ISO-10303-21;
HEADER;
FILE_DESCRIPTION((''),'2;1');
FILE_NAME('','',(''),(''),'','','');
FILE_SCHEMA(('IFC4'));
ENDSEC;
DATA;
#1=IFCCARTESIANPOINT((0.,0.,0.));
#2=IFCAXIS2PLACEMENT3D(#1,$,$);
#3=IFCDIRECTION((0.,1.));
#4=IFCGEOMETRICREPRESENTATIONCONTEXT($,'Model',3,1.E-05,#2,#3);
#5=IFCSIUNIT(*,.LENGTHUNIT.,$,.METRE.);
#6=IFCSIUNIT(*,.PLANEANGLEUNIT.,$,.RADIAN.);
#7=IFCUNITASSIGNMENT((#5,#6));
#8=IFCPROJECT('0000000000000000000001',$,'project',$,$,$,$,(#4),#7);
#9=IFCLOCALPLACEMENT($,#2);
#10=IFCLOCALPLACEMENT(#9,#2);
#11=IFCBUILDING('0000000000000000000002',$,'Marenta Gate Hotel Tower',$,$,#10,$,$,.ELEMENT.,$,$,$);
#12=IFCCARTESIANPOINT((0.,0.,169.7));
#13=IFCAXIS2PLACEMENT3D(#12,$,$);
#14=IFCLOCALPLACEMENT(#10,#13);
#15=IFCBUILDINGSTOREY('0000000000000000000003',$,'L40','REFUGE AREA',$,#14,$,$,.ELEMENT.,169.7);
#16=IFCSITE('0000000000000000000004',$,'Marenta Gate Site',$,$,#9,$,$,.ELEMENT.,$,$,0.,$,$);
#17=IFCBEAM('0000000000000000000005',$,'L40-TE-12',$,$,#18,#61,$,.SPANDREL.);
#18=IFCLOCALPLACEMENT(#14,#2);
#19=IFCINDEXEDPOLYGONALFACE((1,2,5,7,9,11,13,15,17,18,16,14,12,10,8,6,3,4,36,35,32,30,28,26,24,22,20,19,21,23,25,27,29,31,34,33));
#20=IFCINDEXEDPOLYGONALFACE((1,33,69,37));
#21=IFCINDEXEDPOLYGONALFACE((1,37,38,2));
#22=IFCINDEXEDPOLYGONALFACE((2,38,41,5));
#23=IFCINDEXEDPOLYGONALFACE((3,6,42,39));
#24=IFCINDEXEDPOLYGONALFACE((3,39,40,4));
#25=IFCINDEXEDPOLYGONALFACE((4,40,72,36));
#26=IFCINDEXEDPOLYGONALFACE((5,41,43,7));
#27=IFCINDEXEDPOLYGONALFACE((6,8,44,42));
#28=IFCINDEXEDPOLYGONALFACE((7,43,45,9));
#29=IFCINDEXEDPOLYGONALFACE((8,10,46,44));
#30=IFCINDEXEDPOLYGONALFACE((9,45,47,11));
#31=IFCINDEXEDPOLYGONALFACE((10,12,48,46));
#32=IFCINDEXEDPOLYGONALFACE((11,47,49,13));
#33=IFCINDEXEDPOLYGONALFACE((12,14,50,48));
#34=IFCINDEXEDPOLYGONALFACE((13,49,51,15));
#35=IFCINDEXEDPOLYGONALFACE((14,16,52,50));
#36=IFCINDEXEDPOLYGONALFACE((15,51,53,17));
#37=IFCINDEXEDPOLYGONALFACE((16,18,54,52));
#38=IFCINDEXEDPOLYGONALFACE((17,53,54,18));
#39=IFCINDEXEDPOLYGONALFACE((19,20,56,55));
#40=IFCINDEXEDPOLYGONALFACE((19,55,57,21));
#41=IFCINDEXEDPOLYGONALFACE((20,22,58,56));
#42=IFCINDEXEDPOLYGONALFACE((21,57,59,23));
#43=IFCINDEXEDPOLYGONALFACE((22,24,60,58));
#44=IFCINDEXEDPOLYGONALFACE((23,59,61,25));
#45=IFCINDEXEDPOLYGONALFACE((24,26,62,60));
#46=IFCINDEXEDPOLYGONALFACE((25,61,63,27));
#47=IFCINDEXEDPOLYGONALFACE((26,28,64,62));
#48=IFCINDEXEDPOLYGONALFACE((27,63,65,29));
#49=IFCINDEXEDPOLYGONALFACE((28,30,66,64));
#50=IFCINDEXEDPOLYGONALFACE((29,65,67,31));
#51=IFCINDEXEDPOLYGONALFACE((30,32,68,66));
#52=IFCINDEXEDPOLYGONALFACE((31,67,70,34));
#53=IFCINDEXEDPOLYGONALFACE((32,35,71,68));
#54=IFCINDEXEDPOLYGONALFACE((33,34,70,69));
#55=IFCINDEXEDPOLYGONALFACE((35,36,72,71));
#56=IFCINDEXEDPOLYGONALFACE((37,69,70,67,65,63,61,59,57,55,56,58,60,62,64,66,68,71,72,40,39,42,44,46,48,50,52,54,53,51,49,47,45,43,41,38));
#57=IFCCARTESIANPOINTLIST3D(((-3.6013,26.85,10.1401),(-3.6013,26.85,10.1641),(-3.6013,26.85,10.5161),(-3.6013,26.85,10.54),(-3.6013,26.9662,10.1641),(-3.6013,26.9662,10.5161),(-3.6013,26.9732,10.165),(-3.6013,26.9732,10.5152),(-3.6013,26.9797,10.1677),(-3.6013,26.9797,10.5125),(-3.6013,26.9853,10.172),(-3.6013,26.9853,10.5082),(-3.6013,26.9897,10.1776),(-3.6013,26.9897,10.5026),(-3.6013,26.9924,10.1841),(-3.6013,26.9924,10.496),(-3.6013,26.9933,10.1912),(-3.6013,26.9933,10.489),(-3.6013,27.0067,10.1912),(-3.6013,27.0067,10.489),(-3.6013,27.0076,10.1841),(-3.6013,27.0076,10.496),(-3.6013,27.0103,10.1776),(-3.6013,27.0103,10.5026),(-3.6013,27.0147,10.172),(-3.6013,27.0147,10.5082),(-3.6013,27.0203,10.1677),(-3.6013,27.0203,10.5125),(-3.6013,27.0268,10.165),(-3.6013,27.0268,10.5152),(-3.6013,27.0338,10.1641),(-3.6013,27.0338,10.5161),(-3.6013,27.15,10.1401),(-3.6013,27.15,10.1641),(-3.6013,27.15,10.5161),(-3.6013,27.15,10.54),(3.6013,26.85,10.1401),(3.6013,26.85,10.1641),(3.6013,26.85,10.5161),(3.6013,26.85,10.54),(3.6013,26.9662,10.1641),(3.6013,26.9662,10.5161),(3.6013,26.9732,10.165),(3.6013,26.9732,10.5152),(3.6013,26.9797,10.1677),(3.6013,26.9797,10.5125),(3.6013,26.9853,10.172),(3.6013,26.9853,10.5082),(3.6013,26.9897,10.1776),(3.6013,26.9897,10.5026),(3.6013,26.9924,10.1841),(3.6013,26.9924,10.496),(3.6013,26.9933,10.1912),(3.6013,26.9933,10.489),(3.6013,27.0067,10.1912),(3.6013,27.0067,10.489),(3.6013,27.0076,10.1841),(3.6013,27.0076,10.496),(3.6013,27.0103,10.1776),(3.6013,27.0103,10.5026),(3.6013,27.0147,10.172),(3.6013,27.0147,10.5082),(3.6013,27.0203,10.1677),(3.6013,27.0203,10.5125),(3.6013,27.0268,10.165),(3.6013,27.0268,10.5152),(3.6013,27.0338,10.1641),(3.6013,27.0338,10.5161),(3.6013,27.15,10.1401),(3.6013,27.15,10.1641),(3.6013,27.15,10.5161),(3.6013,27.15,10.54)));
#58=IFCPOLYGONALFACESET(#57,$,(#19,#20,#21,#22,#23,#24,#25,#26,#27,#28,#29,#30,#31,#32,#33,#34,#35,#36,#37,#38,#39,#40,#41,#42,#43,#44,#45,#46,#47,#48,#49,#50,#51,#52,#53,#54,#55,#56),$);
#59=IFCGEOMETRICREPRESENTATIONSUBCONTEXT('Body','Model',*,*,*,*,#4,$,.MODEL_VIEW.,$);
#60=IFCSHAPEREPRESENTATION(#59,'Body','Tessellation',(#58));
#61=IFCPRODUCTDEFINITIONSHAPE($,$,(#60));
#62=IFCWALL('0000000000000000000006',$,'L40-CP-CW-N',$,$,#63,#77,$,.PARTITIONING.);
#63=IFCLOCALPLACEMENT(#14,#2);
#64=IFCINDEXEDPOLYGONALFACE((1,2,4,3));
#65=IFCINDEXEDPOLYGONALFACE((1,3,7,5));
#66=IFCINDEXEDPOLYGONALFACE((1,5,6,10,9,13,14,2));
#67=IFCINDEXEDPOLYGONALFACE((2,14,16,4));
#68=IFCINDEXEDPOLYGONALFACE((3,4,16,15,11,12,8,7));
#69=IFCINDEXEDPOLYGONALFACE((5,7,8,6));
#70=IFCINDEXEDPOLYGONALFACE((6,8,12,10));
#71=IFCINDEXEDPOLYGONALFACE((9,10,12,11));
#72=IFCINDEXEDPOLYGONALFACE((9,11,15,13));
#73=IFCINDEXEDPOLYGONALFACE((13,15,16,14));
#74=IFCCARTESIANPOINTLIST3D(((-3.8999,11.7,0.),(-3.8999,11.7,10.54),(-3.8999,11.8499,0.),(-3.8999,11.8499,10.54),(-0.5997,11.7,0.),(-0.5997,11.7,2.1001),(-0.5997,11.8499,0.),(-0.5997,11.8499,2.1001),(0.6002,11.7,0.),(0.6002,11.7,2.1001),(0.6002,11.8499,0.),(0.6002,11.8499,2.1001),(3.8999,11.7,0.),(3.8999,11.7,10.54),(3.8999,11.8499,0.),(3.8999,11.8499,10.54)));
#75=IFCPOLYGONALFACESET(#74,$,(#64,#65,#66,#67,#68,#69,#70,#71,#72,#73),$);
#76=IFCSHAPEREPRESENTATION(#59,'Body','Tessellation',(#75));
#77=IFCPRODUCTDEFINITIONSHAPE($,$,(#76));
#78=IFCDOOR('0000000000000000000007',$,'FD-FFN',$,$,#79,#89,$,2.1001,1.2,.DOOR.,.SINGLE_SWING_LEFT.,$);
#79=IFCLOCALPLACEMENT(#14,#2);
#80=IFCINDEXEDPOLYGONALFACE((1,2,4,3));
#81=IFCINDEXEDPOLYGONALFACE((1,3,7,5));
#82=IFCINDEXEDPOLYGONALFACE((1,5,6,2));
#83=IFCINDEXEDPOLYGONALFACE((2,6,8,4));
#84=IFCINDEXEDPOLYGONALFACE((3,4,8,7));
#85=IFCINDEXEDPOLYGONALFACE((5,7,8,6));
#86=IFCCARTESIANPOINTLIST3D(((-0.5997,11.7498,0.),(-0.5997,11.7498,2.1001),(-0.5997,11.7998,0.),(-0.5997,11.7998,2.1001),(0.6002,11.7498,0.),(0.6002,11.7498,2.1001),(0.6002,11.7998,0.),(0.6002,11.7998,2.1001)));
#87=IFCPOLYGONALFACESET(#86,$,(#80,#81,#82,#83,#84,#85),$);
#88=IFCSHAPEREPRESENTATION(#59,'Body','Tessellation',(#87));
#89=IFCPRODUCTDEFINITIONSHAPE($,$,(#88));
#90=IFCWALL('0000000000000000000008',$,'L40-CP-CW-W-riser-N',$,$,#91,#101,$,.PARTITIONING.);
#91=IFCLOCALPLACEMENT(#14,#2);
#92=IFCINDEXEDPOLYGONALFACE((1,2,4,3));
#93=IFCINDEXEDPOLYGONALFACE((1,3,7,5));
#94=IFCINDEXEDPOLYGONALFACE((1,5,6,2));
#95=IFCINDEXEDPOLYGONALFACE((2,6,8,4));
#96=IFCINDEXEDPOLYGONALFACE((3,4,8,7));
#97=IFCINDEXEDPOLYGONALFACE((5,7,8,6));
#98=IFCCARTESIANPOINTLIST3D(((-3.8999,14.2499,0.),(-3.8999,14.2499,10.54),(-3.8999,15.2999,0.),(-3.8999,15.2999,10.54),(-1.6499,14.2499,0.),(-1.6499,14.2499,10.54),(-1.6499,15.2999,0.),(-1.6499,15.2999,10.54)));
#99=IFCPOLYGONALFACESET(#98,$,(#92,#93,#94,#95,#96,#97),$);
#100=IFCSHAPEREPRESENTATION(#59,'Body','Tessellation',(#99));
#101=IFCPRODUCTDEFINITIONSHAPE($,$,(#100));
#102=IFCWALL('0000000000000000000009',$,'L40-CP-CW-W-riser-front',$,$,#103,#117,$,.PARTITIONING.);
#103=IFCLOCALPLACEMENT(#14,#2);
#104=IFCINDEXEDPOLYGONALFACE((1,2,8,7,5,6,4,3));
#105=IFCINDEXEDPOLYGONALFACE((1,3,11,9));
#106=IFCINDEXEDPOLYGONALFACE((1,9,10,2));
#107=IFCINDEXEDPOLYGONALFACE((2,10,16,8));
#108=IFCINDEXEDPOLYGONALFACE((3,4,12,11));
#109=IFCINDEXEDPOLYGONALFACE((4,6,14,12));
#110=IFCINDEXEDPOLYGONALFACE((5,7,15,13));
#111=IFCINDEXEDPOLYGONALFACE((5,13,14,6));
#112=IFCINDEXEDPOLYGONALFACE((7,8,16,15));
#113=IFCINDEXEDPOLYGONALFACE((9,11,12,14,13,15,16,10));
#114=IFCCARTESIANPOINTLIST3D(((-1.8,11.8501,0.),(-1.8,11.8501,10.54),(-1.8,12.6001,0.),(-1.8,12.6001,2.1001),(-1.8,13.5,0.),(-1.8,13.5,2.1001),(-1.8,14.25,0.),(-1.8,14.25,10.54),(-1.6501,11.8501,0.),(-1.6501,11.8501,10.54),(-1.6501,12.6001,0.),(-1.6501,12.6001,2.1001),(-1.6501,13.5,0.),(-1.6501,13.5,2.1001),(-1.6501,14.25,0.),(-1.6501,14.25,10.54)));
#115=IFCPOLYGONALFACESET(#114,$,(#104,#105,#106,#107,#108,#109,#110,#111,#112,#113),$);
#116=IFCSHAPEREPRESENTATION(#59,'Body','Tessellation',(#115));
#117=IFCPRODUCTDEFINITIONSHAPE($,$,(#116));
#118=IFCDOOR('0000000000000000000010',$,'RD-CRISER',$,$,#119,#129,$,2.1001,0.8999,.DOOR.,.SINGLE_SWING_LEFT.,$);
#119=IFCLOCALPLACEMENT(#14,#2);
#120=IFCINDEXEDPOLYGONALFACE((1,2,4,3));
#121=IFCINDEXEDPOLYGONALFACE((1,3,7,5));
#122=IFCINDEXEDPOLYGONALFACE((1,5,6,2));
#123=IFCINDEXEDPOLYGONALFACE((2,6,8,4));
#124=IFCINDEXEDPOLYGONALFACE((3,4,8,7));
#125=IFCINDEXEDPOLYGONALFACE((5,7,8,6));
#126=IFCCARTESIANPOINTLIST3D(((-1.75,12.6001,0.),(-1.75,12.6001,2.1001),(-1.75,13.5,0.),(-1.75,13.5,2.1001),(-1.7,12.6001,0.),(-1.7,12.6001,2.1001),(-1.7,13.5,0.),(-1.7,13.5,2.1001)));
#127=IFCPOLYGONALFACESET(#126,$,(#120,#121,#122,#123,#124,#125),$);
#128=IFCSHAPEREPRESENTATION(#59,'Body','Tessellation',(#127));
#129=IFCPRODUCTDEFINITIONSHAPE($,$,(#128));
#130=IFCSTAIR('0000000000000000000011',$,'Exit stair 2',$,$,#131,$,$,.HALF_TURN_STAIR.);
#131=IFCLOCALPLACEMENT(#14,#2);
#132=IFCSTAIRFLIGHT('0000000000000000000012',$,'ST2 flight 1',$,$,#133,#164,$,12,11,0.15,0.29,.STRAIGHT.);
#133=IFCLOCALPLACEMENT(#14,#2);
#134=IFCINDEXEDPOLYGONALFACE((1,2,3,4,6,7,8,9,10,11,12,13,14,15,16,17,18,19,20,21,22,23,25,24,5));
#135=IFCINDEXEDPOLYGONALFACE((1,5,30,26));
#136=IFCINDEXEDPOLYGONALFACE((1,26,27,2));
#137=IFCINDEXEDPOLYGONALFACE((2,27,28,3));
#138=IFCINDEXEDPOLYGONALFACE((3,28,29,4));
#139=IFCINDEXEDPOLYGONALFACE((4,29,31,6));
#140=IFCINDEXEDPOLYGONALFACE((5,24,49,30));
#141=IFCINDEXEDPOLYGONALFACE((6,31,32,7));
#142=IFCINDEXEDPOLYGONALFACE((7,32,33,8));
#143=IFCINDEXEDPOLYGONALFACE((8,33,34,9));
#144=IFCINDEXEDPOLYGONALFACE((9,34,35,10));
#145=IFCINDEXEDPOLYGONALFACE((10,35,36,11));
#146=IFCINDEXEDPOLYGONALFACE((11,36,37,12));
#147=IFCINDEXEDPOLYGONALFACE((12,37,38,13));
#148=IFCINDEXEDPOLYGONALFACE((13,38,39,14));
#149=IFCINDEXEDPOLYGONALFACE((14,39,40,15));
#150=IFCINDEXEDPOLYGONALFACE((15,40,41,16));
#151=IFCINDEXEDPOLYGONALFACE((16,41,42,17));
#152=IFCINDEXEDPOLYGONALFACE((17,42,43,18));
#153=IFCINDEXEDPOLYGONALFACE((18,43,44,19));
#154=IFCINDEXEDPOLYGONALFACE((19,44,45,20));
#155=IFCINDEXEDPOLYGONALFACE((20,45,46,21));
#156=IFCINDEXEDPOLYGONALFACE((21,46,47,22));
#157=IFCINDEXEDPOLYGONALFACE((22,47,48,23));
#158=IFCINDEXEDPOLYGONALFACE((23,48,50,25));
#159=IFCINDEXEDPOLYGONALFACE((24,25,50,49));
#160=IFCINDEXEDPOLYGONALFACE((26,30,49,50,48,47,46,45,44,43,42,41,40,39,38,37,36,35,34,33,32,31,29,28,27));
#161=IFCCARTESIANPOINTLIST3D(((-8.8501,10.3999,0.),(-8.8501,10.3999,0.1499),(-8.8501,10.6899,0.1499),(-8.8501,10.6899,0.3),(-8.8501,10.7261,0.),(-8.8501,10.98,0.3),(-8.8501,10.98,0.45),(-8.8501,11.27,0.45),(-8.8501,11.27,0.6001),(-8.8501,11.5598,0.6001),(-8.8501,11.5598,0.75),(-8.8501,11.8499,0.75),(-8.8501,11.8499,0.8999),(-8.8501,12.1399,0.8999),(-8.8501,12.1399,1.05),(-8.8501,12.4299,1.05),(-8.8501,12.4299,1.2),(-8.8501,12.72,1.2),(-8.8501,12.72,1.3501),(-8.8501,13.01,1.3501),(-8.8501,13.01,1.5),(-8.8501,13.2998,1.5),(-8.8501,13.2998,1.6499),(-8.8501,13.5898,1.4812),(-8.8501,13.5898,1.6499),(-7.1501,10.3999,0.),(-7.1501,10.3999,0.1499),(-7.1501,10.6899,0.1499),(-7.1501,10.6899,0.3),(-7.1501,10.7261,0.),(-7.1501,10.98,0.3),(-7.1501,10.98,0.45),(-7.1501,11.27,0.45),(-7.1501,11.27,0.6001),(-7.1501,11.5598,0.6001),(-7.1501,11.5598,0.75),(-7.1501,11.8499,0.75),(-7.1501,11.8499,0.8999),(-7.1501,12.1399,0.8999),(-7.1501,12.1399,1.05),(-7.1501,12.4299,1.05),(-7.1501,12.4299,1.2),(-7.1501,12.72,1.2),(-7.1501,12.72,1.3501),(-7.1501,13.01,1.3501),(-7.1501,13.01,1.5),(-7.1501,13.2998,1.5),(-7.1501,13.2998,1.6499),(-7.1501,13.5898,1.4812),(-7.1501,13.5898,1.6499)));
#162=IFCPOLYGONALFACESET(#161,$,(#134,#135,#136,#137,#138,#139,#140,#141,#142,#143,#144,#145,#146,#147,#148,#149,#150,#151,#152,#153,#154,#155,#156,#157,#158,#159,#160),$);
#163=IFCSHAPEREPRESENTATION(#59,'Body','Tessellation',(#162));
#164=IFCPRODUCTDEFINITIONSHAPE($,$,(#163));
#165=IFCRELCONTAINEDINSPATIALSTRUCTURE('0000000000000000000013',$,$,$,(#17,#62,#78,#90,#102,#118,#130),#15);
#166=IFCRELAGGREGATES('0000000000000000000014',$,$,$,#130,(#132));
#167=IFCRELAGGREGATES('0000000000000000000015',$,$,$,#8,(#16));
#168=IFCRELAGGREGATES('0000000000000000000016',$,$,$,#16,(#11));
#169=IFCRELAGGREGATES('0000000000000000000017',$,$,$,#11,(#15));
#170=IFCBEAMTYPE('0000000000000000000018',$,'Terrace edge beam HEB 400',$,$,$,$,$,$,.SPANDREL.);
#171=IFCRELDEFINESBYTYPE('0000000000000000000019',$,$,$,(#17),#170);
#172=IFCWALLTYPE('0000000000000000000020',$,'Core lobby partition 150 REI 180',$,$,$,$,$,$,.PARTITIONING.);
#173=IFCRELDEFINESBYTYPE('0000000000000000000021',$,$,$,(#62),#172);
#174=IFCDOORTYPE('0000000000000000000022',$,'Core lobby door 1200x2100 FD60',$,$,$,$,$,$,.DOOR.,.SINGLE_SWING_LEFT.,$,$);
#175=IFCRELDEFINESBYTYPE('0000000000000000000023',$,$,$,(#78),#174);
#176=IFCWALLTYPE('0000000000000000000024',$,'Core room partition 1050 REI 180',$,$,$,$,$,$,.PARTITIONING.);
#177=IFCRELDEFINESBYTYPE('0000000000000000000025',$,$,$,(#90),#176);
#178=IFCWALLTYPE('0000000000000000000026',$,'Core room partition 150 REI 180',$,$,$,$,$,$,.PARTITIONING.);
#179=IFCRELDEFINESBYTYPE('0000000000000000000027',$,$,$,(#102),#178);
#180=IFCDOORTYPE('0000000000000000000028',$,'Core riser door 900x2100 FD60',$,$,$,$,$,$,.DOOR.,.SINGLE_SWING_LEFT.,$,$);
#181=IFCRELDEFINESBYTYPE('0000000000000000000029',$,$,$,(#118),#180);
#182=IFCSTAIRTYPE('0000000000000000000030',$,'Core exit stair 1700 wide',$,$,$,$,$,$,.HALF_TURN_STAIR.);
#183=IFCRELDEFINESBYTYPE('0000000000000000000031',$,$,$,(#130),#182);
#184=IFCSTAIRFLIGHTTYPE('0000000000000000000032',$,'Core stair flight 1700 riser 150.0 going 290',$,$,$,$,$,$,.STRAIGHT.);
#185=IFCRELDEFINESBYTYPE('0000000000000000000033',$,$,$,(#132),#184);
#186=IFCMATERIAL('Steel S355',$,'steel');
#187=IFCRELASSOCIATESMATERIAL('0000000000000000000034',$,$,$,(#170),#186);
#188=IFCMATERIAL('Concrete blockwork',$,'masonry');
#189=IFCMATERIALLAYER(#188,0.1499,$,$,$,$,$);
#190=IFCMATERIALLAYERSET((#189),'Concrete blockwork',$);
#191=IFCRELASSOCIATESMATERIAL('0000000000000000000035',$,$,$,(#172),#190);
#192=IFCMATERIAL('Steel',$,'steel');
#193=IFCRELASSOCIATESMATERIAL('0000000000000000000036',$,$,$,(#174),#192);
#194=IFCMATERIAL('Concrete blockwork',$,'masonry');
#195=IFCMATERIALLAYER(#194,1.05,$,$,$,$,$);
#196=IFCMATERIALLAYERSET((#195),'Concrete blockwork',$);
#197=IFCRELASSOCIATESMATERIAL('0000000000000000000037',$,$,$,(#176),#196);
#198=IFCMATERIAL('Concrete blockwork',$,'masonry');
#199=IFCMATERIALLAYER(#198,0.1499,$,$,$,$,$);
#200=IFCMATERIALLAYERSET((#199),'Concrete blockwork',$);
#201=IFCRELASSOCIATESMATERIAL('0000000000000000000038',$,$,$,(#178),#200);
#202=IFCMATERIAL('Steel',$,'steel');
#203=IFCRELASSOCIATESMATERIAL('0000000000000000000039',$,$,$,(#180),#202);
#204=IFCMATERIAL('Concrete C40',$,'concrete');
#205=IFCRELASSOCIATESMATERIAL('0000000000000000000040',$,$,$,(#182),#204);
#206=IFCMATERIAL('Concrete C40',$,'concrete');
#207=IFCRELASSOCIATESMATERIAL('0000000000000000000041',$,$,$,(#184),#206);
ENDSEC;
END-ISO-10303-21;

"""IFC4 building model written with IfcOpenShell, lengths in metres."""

from ifc_helpers import new_model, si_unit, direction, frame, frame_2d, origin, origin_2d, place, context, subcontext, project, spatial, polyline, rectangle, i_section, outline, extrude, material, layer, layer_set, material_profile, profile_set, type_object, element, fill, aggregate, save


model = new_model("IFC4")

# Units and contexts
model_context = context("Model", 3, precision=1e-05, world=origin(), true_north=direction((0.0, 1.0)))
body_context = subcontext(model_context, "Body", "Model", "MODEL_VIEW")
ifc_project = project(units=[si_unit("LENGTHUNIT", "METRE"), si_unit("PLANEANGLEUNIT", "RADIAN")], contexts=[model_context])

# Site, building, storey
site_placement = place(None, origin())
site = spatial("IfcSite", under=ifc_project, at=site_placement, Name="Marenta Gate Site", CompositionType="ELEMENT", RefElevation=0.0)
building_placement = place(site_placement, origin())
building = spatial("IfcBuilding", under=site, at=building_placement, Name="Marenta Gate Hotel Tower", CompositionType="ELEMENT")
storey_placement = place(building_placement, frame((0.0, 0.0, 169.7)))
storey = spatial("IfcBuildingStorey", under=building, at=storey_placement, Name="L40", Description="REFUGE AREA", CompositionType="ELEMENT", Elevation=169.7)

# Beam
ifc_material_1 = material(Name="Steel S355", Category="steel")
ifc_material_profile_1 = material_profile(ifc_material_1, i_section(OverallWidth=0.3, OverallDepth=0.3999, WebThickness=0.0134, FlangeThickness=0.0239, FilletRadius=0.0271, at=origin_2d()), Name="HEB 400")
ifc_profile_set_1 = profile_set([ifc_material_profile_1], Name="Steel S355")
beam_type_1 = type_object("IfcBeamType", Name="Terrace edge beam HEB 400", PredefinedType="SPANDREL", material=ifc_profile_set_1)
beam_1_placement = place(storey_placement, frame((-3.6013, 27.0, 10.3401), z_axis=(1.0, 0.0, 0.0), x_axis=(0.0, 1.0, 0.0)))
element("IfcBeam", 1, at=beam_1_placement, inside=storey, type_object=beam_type_1, Name="L40-TE-12", PredefinedType="SPANDREL", context=body_context, shape_type="SweptSolid", body=[
    extrude(i_section(OverallWidth=0.3, OverallDepth=0.3999, WebThickness=0.0134, FlangeThickness=0.0239, FilletRadius=0.0271, at=origin_2d()), origin(), (0.0, 0.0, 1.0), 7.2026),
])

# Wall, opening, door
ifc_material_2 = material(Name="Concrete blockwork", Category="masonry")
ifc_layer_1 = layer(ifc_material_2, 0.1499)
ifc_layer_set_1 = layer_set([ifc_layer_1], Name="Concrete blockwork")
wall_type_1 = type_object("IfcWallType", Name="Core lobby partition 150 REI 180", PredefinedType="PARTITIONING", material=ifc_layer_set_1)
wall_1_placement = place(storey_placement, frame((-3.8999, 11.7749, 0.0), z_axis=(0.0, 0.0, 1.0), x_axis=(1.0, 0.0, 0.0)))
wall_1 = element("IfcWall", 2, at=wall_1_placement, inside=storey, type_object=wall_type_1, Name="L40-CP-CW-N", PredefinedType="PARTITIONING", context=body_context, shape_type="SweptSolid", body=[
    extrude(rectangle(XDim=7.7998, YDim=0.1499, at=frame_2d((3.8999, 0.0))), origin(), (0.0, 0.0, 1.0), 10.54),
])
opening_1_placement = place(wall_1_placement, frame((3.3, 0.0, 0.0)))
opening_1 = element("IfcOpeningElement", 3, at=opening_1_placement, cuts=wall_1, PredefinedType="OPENING", context=body_context, shape_type="SweptSolid", body=[
    extrude(rectangle(XDim=1.2, YDim=2.1001, at=frame_2d((0.6001, 1.05))), frame((0.0, 0.075, 0.0), z_axis=(0.0, -1.0, 0.0), x_axis=(1.0, 0.0, 0.0)), (0.0, 0.0, 1.0), 0.1499),
])
ifc_material_3 = material(Name="Steel", Category="steel")
door_type_1 = type_object("IfcDoorType", Name="Core lobby door 1200x2100 FD60", OperationType="SINGLE_SWING_LEFT", PredefinedType="DOOR", material=ifc_material_3)
door_1_placement = place(opening_1_placement, origin())
door_1 = element("IfcDoor", 4, at=door_1_placement, inside=storey, type_object=door_type_1, Name="FD-FFN", OperationType="SINGLE_SWING_LEFT", OverallHeight=2.1001, OverallWidth=1.2, PredefinedType="DOOR", context=body_context, shape_type="SweptSolid", body=[
    extrude(rectangle(XDim=1.2, YDim=2.1001, at=frame_2d((0.6001, 1.05))), frame((0.0, 0.0249, 0.0), z_axis=(0.0, -1.0, 0.0), x_axis=(1.0, 0.0, 0.0)), (0.0, 0.0, 1.0), 0.05),
])
fill(opening_1, door_1)

# Wall
ifc_material_4 = material(Name="Concrete blockwork", Category="masonry")
ifc_layer_2 = layer(ifc_material_4, 1.05)
ifc_layer_set_2 = layer_set([ifc_layer_2], Name="Concrete blockwork")
wall_type_2 = type_object("IfcWallType", Name="Core room partition 1050 REI 180", PredefinedType="PARTITIONING", material=ifc_layer_set_2)
wall_2_placement = place(storey_placement, frame((-3.8999, 14.7749, 0.0), z_axis=(0.0, 0.0, 1.0), x_axis=(1.0, 0.0, 0.0)))
element("IfcWall", 5, at=wall_2_placement, inside=storey, type_object=wall_type_2, Name="L40-CP-CW-W-riser-N", PredefinedType="PARTITIONING", context=body_context, shape_type="SweptSolid", body=[
    extrude(rectangle(XDim=2.25, YDim=1.05, at=frame_2d((1.125, 0.0))), origin(), (0.0, 0.0, 1.0), 10.54),
])

# Wall, opening, door
ifc_material_5 = material(Name="Concrete blockwork", Category="masonry")
ifc_layer_3 = layer(ifc_material_5, 0.1499)
ifc_layer_set_3 = layer_set([ifc_layer_3], Name="Concrete blockwork")
wall_type_3 = type_object("IfcWallType", Name="Core room partition 150 REI 180", PredefinedType="PARTITIONING", material=ifc_layer_set_3)
wall_3_placement = place(storey_placement, frame((-1.7251, 11.8501, 0.0), z_axis=(0.0, 0.0, 1.0), x_axis=(0.0, 1.0, 0.0)))
wall_3 = element("IfcWall", 6, at=wall_3_placement, inside=storey, type_object=wall_type_3, Name="L40-CP-CW-W-riser-front", PredefinedType="PARTITIONING", context=body_context, shape_type="SweptSolid", body=[
    extrude(rectangle(XDim=2.3999, YDim=0.1499, at=frame_2d((1.2, 0.0))), origin(), (0.0, 0.0, 1.0), 10.54),
])
opening_2_placement = place(wall_3_placement, frame((0.75, 0.0, 0.0)))
opening_2 = element("IfcOpeningElement", 7, at=opening_2_placement, cuts=wall_3, PredefinedType="OPENING", context=body_context, shape_type="SweptSolid", body=[
    extrude(rectangle(XDim=0.8999, YDim=2.1001, at=frame_2d((0.45, 1.05))), frame((0.0, 0.075, 0.0), z_axis=(0.0, -1.0, 0.0), x_axis=(1.0, 0.0, 0.0)), (0.0, 0.0, 1.0), 0.1499),
])
ifc_material_6 = material(Name="Steel", Category="steel")
door_type_2 = type_object("IfcDoorType", Name="Core riser door 900x2100 FD60", OperationType="SINGLE_SWING_LEFT", PredefinedType="DOOR", material=ifc_material_6)
door_2_placement = place(opening_2_placement, origin())
door_2 = element("IfcDoor", 8, at=door_2_placement, inside=storey, type_object=door_type_2, Name="RD-CRISER", OperationType="SINGLE_SWING_LEFT", OverallHeight=2.1001, OverallWidth=0.8999, PredefinedType="DOOR", context=body_context, shape_type="SweptSolid", body=[
    extrude(rectangle(XDim=0.8999, YDim=2.1001, at=frame_2d((0.45, 1.05))), frame((0.0, 0.0249, 0.0), z_axis=(0.0, -1.0, 0.0), x_axis=(1.0, 0.0, 0.0)), (0.0, 0.0, 1.0), 0.05),
])
fill(opening_2, door_2)

# Stair, stair flight
ifc_material_7 = material(Name="Concrete C40", Category="concrete")
stair_type = type_object("IfcStairType", Name="Core exit stair 1700 wide", PredefinedType="HALF_TURN_STAIR", material=ifc_material_7)
stair_placement = place(storey_placement, origin())
stair = element("IfcStair", 9, at=stair_placement, inside=storey, type_object=stair_type, Name="Exit stair 2", PredefinedType="HALF_TURN_STAIR")
ifc_material_8 = material(Name="Concrete C40", Category="concrete")
stair_flight_type = type_object("IfcStairFlightType", Name="Core stair flight 1700 riser 150.0 going 290", PredefinedType="STRAIGHT", material=ifc_material_8)
stair_flight_1_placement = place(storey_placement, frame((-8.0, 10.3999, 0.0), z_axis=(0.0, 0.0, 1.0), x_axis=(0.0, 1.0, 0.0)))
stair_flight_1 = element("IfcStairFlight", 10, at=stair_flight_1_placement, type_object=stair_flight_type, Name="ST2 flight 1", NumberOfRisers=12, NumberOfTreads=11, PredefinedType="STRAIGHT", RiserHeight=0.15, TreadLength=0.29, context=body_context, shape_type="SweptSolid", body=[
    extrude(outline(polyline([(0.0, 0.0), (0.0, 0.1499), (0.29, 0.1499), (0.29, 0.3), (0.5801, 0.3), (0.5801, 0.45), (0.8701, 0.45), (0.8701, 0.6001), (1.1599, 0.6001), (1.1599, 0.75), (1.45, 0.75), (1.45, 0.8999), (1.74, 0.8999), (1.74, 1.05), (2.03, 1.05), (2.03, 1.2), (2.3201, 1.2), (2.3201, 1.3501), (2.6101, 1.3501), (2.6101, 1.5), (2.8999, 1.5), (2.8999, 1.6499), (3.1899, 1.6499), (3.1899, 1.8), (3.1899, 1.4812), (0.3262, 0.0), (0.0, 0.0)])), frame((0.0, 0.8501, 0.0), z_axis=(0.0, -1.0, 0.0), x_axis=(1.0, 0.0, 0.0)), (0.0, 0.0, 1.0), 1.7),
])
aggregate(stair, [stair_flight_1])

save(model, "model.ifc")
